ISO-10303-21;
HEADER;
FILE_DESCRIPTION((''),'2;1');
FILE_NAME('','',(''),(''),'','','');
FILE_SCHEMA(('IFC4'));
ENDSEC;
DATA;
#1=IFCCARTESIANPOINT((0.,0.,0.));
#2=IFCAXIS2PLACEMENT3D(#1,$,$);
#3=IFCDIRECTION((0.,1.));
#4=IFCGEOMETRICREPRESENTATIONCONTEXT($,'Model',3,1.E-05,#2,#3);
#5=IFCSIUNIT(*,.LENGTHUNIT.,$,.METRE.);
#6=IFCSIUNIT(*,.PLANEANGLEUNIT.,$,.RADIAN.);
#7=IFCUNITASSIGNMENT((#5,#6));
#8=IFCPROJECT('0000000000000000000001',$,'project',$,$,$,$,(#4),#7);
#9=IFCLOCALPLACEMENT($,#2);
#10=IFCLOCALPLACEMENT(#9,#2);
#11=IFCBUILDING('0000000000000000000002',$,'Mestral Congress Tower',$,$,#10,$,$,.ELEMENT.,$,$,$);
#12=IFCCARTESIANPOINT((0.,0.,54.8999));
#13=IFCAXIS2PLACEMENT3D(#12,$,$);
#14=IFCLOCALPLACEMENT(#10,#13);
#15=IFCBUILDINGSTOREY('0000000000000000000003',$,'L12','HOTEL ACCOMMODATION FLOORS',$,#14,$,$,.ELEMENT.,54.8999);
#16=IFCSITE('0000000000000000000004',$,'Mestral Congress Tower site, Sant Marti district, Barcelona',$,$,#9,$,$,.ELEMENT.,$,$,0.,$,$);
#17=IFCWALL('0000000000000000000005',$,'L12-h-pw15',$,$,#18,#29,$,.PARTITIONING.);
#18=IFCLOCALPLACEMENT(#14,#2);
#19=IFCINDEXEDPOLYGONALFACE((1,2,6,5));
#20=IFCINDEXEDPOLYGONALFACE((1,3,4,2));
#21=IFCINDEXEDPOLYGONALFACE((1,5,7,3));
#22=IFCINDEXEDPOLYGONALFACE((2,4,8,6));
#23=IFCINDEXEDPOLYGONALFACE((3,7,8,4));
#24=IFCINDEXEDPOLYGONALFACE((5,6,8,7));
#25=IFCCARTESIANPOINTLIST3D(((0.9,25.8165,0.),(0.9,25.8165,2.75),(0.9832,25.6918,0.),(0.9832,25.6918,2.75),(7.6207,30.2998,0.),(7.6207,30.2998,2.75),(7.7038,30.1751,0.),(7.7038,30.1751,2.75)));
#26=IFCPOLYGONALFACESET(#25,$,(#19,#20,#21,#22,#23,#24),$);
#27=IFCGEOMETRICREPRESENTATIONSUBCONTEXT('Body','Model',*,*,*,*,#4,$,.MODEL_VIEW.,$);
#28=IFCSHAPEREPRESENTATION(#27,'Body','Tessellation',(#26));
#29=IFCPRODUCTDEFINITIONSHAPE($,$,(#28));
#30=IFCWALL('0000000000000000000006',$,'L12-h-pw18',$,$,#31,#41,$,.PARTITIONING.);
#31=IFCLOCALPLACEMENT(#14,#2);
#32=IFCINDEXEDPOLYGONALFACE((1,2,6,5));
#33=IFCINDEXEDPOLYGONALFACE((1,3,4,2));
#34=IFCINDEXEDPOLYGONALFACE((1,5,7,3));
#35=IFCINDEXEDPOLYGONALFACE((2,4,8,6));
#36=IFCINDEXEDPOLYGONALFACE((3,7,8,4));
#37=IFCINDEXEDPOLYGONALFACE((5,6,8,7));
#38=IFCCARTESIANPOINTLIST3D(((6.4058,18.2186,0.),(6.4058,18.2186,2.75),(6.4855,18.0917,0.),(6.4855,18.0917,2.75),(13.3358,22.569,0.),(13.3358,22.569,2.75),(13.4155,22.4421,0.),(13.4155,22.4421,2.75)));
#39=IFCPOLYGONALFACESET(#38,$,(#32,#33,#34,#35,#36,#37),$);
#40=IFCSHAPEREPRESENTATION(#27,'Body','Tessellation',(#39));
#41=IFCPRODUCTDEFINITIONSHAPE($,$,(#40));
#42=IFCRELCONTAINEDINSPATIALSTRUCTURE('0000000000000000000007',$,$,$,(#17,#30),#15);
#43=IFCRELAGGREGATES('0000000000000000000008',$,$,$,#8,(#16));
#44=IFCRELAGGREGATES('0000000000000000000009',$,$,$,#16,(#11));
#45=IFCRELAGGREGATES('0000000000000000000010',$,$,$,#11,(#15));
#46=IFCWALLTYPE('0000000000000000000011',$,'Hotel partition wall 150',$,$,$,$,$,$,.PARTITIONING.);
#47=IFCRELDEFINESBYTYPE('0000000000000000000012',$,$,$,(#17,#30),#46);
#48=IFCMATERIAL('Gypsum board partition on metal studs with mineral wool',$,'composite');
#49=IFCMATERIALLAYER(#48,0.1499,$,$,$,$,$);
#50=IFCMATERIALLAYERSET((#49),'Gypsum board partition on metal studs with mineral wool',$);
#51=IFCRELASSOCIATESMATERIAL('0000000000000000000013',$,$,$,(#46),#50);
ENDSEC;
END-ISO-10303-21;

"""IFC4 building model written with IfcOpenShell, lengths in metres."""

from ifc_helpers import new_model, si_unit, direction, frame, frame_2d, origin, place, context, subcontext, project, spatial, rectangle, extrude, material, layer, layer_set, type_object, element, save


model = new_model("IFC4")

# Units and contexts
model_context = context("Model", 3, precision=1e-05, world=origin(), true_north=direction((0.0, 1.0)))
body_context = subcontext(model_context, "Body", "Model", "MODEL_VIEW")
ifc_project = project(units=[si_unit("LENGTHUNIT", "METRE"), si_unit("PLANEANGLEUNIT", "RADIAN")], contexts=[model_context])

# Site, building, storey
site_placement = place(None, origin())
site = spatial("IfcSite", under=ifc_project, at=site_placement, Name="Mestral Congress Tower site, Sant Marti district, Barcelona", CompositionType="ELEMENT", RefElevation=0.0)
building_placement = place(site_placement, origin())
building = spatial("IfcBuilding", under=site, at=building_placement, Name="Mestral Congress Tower", CompositionType="ELEMENT")
storey_placement = place(building_placement, frame((0.0, 0.0, 54.8999)))
storey = spatial("IfcBuildingStorey", under=building, at=storey_placement, Name="L12", Description="HOTEL ACCOMMODATION FLOORS", CompositionType="ELEMENT", Elevation=54.8999)

# Shared definitions
ifc_material_1 = material(Name="Gypsum board partition on metal studs with mineral wool", Category="composite")

# Walls
ifc_layer_1 = layer(ifc_material_1, 0.1499)
ifc_layer_set_1 = layer_set([ifc_layer_1], Name="Gypsum board partition on metal studs with mineral wool")
wall_type_1 = type_object("IfcWallType", Name="Hotel partition wall 150", PredefinedType="PARTITIONING", material=ifc_layer_set_1)
wall_1_placement = place(storey_placement, frame((7.6624, 30.2375, 0.0), z_axis=(0.0, 0.0, 1.0), x_axis=(-0.831883, -0.554951, 0.0)))
element("IfcWall", 1, at=wall_1_placement, inside=storey, type_object=wall_type_1, Name="L12-h-pw15", PredefinedType="PARTITIONING", context=body_context, shape_type="SweptSolid", body=[
    extrude(rectangle(XDim=8.0789, YDim=0.1499, at=frame_2d((4.0396, 0.0))), origin(), (0.0, 0.0, 1.0), 2.75),
])
wall_2_placement = place(storey_placement, frame((13.3757, 22.5056, 0.0), z_axis=(0.0, 0.0, 1.0), x_axis=(-0.846946, -0.53168, 0.0)))
element("IfcWall", 2, at=wall_2_placement, inside=storey, type_object=wall_type_1, Name="L12-h-pw18", PredefinedType="PARTITIONING", context=body_context, shape_type="SweptSolid", body=[
    extrude(rectangle(XDim=8.1824, YDim=0.1499, at=frame_2d((4.0913, 0.0))), origin(), (0.0, 0.0, 1.0), 2.75),
])

save(model, "model.ifc")
